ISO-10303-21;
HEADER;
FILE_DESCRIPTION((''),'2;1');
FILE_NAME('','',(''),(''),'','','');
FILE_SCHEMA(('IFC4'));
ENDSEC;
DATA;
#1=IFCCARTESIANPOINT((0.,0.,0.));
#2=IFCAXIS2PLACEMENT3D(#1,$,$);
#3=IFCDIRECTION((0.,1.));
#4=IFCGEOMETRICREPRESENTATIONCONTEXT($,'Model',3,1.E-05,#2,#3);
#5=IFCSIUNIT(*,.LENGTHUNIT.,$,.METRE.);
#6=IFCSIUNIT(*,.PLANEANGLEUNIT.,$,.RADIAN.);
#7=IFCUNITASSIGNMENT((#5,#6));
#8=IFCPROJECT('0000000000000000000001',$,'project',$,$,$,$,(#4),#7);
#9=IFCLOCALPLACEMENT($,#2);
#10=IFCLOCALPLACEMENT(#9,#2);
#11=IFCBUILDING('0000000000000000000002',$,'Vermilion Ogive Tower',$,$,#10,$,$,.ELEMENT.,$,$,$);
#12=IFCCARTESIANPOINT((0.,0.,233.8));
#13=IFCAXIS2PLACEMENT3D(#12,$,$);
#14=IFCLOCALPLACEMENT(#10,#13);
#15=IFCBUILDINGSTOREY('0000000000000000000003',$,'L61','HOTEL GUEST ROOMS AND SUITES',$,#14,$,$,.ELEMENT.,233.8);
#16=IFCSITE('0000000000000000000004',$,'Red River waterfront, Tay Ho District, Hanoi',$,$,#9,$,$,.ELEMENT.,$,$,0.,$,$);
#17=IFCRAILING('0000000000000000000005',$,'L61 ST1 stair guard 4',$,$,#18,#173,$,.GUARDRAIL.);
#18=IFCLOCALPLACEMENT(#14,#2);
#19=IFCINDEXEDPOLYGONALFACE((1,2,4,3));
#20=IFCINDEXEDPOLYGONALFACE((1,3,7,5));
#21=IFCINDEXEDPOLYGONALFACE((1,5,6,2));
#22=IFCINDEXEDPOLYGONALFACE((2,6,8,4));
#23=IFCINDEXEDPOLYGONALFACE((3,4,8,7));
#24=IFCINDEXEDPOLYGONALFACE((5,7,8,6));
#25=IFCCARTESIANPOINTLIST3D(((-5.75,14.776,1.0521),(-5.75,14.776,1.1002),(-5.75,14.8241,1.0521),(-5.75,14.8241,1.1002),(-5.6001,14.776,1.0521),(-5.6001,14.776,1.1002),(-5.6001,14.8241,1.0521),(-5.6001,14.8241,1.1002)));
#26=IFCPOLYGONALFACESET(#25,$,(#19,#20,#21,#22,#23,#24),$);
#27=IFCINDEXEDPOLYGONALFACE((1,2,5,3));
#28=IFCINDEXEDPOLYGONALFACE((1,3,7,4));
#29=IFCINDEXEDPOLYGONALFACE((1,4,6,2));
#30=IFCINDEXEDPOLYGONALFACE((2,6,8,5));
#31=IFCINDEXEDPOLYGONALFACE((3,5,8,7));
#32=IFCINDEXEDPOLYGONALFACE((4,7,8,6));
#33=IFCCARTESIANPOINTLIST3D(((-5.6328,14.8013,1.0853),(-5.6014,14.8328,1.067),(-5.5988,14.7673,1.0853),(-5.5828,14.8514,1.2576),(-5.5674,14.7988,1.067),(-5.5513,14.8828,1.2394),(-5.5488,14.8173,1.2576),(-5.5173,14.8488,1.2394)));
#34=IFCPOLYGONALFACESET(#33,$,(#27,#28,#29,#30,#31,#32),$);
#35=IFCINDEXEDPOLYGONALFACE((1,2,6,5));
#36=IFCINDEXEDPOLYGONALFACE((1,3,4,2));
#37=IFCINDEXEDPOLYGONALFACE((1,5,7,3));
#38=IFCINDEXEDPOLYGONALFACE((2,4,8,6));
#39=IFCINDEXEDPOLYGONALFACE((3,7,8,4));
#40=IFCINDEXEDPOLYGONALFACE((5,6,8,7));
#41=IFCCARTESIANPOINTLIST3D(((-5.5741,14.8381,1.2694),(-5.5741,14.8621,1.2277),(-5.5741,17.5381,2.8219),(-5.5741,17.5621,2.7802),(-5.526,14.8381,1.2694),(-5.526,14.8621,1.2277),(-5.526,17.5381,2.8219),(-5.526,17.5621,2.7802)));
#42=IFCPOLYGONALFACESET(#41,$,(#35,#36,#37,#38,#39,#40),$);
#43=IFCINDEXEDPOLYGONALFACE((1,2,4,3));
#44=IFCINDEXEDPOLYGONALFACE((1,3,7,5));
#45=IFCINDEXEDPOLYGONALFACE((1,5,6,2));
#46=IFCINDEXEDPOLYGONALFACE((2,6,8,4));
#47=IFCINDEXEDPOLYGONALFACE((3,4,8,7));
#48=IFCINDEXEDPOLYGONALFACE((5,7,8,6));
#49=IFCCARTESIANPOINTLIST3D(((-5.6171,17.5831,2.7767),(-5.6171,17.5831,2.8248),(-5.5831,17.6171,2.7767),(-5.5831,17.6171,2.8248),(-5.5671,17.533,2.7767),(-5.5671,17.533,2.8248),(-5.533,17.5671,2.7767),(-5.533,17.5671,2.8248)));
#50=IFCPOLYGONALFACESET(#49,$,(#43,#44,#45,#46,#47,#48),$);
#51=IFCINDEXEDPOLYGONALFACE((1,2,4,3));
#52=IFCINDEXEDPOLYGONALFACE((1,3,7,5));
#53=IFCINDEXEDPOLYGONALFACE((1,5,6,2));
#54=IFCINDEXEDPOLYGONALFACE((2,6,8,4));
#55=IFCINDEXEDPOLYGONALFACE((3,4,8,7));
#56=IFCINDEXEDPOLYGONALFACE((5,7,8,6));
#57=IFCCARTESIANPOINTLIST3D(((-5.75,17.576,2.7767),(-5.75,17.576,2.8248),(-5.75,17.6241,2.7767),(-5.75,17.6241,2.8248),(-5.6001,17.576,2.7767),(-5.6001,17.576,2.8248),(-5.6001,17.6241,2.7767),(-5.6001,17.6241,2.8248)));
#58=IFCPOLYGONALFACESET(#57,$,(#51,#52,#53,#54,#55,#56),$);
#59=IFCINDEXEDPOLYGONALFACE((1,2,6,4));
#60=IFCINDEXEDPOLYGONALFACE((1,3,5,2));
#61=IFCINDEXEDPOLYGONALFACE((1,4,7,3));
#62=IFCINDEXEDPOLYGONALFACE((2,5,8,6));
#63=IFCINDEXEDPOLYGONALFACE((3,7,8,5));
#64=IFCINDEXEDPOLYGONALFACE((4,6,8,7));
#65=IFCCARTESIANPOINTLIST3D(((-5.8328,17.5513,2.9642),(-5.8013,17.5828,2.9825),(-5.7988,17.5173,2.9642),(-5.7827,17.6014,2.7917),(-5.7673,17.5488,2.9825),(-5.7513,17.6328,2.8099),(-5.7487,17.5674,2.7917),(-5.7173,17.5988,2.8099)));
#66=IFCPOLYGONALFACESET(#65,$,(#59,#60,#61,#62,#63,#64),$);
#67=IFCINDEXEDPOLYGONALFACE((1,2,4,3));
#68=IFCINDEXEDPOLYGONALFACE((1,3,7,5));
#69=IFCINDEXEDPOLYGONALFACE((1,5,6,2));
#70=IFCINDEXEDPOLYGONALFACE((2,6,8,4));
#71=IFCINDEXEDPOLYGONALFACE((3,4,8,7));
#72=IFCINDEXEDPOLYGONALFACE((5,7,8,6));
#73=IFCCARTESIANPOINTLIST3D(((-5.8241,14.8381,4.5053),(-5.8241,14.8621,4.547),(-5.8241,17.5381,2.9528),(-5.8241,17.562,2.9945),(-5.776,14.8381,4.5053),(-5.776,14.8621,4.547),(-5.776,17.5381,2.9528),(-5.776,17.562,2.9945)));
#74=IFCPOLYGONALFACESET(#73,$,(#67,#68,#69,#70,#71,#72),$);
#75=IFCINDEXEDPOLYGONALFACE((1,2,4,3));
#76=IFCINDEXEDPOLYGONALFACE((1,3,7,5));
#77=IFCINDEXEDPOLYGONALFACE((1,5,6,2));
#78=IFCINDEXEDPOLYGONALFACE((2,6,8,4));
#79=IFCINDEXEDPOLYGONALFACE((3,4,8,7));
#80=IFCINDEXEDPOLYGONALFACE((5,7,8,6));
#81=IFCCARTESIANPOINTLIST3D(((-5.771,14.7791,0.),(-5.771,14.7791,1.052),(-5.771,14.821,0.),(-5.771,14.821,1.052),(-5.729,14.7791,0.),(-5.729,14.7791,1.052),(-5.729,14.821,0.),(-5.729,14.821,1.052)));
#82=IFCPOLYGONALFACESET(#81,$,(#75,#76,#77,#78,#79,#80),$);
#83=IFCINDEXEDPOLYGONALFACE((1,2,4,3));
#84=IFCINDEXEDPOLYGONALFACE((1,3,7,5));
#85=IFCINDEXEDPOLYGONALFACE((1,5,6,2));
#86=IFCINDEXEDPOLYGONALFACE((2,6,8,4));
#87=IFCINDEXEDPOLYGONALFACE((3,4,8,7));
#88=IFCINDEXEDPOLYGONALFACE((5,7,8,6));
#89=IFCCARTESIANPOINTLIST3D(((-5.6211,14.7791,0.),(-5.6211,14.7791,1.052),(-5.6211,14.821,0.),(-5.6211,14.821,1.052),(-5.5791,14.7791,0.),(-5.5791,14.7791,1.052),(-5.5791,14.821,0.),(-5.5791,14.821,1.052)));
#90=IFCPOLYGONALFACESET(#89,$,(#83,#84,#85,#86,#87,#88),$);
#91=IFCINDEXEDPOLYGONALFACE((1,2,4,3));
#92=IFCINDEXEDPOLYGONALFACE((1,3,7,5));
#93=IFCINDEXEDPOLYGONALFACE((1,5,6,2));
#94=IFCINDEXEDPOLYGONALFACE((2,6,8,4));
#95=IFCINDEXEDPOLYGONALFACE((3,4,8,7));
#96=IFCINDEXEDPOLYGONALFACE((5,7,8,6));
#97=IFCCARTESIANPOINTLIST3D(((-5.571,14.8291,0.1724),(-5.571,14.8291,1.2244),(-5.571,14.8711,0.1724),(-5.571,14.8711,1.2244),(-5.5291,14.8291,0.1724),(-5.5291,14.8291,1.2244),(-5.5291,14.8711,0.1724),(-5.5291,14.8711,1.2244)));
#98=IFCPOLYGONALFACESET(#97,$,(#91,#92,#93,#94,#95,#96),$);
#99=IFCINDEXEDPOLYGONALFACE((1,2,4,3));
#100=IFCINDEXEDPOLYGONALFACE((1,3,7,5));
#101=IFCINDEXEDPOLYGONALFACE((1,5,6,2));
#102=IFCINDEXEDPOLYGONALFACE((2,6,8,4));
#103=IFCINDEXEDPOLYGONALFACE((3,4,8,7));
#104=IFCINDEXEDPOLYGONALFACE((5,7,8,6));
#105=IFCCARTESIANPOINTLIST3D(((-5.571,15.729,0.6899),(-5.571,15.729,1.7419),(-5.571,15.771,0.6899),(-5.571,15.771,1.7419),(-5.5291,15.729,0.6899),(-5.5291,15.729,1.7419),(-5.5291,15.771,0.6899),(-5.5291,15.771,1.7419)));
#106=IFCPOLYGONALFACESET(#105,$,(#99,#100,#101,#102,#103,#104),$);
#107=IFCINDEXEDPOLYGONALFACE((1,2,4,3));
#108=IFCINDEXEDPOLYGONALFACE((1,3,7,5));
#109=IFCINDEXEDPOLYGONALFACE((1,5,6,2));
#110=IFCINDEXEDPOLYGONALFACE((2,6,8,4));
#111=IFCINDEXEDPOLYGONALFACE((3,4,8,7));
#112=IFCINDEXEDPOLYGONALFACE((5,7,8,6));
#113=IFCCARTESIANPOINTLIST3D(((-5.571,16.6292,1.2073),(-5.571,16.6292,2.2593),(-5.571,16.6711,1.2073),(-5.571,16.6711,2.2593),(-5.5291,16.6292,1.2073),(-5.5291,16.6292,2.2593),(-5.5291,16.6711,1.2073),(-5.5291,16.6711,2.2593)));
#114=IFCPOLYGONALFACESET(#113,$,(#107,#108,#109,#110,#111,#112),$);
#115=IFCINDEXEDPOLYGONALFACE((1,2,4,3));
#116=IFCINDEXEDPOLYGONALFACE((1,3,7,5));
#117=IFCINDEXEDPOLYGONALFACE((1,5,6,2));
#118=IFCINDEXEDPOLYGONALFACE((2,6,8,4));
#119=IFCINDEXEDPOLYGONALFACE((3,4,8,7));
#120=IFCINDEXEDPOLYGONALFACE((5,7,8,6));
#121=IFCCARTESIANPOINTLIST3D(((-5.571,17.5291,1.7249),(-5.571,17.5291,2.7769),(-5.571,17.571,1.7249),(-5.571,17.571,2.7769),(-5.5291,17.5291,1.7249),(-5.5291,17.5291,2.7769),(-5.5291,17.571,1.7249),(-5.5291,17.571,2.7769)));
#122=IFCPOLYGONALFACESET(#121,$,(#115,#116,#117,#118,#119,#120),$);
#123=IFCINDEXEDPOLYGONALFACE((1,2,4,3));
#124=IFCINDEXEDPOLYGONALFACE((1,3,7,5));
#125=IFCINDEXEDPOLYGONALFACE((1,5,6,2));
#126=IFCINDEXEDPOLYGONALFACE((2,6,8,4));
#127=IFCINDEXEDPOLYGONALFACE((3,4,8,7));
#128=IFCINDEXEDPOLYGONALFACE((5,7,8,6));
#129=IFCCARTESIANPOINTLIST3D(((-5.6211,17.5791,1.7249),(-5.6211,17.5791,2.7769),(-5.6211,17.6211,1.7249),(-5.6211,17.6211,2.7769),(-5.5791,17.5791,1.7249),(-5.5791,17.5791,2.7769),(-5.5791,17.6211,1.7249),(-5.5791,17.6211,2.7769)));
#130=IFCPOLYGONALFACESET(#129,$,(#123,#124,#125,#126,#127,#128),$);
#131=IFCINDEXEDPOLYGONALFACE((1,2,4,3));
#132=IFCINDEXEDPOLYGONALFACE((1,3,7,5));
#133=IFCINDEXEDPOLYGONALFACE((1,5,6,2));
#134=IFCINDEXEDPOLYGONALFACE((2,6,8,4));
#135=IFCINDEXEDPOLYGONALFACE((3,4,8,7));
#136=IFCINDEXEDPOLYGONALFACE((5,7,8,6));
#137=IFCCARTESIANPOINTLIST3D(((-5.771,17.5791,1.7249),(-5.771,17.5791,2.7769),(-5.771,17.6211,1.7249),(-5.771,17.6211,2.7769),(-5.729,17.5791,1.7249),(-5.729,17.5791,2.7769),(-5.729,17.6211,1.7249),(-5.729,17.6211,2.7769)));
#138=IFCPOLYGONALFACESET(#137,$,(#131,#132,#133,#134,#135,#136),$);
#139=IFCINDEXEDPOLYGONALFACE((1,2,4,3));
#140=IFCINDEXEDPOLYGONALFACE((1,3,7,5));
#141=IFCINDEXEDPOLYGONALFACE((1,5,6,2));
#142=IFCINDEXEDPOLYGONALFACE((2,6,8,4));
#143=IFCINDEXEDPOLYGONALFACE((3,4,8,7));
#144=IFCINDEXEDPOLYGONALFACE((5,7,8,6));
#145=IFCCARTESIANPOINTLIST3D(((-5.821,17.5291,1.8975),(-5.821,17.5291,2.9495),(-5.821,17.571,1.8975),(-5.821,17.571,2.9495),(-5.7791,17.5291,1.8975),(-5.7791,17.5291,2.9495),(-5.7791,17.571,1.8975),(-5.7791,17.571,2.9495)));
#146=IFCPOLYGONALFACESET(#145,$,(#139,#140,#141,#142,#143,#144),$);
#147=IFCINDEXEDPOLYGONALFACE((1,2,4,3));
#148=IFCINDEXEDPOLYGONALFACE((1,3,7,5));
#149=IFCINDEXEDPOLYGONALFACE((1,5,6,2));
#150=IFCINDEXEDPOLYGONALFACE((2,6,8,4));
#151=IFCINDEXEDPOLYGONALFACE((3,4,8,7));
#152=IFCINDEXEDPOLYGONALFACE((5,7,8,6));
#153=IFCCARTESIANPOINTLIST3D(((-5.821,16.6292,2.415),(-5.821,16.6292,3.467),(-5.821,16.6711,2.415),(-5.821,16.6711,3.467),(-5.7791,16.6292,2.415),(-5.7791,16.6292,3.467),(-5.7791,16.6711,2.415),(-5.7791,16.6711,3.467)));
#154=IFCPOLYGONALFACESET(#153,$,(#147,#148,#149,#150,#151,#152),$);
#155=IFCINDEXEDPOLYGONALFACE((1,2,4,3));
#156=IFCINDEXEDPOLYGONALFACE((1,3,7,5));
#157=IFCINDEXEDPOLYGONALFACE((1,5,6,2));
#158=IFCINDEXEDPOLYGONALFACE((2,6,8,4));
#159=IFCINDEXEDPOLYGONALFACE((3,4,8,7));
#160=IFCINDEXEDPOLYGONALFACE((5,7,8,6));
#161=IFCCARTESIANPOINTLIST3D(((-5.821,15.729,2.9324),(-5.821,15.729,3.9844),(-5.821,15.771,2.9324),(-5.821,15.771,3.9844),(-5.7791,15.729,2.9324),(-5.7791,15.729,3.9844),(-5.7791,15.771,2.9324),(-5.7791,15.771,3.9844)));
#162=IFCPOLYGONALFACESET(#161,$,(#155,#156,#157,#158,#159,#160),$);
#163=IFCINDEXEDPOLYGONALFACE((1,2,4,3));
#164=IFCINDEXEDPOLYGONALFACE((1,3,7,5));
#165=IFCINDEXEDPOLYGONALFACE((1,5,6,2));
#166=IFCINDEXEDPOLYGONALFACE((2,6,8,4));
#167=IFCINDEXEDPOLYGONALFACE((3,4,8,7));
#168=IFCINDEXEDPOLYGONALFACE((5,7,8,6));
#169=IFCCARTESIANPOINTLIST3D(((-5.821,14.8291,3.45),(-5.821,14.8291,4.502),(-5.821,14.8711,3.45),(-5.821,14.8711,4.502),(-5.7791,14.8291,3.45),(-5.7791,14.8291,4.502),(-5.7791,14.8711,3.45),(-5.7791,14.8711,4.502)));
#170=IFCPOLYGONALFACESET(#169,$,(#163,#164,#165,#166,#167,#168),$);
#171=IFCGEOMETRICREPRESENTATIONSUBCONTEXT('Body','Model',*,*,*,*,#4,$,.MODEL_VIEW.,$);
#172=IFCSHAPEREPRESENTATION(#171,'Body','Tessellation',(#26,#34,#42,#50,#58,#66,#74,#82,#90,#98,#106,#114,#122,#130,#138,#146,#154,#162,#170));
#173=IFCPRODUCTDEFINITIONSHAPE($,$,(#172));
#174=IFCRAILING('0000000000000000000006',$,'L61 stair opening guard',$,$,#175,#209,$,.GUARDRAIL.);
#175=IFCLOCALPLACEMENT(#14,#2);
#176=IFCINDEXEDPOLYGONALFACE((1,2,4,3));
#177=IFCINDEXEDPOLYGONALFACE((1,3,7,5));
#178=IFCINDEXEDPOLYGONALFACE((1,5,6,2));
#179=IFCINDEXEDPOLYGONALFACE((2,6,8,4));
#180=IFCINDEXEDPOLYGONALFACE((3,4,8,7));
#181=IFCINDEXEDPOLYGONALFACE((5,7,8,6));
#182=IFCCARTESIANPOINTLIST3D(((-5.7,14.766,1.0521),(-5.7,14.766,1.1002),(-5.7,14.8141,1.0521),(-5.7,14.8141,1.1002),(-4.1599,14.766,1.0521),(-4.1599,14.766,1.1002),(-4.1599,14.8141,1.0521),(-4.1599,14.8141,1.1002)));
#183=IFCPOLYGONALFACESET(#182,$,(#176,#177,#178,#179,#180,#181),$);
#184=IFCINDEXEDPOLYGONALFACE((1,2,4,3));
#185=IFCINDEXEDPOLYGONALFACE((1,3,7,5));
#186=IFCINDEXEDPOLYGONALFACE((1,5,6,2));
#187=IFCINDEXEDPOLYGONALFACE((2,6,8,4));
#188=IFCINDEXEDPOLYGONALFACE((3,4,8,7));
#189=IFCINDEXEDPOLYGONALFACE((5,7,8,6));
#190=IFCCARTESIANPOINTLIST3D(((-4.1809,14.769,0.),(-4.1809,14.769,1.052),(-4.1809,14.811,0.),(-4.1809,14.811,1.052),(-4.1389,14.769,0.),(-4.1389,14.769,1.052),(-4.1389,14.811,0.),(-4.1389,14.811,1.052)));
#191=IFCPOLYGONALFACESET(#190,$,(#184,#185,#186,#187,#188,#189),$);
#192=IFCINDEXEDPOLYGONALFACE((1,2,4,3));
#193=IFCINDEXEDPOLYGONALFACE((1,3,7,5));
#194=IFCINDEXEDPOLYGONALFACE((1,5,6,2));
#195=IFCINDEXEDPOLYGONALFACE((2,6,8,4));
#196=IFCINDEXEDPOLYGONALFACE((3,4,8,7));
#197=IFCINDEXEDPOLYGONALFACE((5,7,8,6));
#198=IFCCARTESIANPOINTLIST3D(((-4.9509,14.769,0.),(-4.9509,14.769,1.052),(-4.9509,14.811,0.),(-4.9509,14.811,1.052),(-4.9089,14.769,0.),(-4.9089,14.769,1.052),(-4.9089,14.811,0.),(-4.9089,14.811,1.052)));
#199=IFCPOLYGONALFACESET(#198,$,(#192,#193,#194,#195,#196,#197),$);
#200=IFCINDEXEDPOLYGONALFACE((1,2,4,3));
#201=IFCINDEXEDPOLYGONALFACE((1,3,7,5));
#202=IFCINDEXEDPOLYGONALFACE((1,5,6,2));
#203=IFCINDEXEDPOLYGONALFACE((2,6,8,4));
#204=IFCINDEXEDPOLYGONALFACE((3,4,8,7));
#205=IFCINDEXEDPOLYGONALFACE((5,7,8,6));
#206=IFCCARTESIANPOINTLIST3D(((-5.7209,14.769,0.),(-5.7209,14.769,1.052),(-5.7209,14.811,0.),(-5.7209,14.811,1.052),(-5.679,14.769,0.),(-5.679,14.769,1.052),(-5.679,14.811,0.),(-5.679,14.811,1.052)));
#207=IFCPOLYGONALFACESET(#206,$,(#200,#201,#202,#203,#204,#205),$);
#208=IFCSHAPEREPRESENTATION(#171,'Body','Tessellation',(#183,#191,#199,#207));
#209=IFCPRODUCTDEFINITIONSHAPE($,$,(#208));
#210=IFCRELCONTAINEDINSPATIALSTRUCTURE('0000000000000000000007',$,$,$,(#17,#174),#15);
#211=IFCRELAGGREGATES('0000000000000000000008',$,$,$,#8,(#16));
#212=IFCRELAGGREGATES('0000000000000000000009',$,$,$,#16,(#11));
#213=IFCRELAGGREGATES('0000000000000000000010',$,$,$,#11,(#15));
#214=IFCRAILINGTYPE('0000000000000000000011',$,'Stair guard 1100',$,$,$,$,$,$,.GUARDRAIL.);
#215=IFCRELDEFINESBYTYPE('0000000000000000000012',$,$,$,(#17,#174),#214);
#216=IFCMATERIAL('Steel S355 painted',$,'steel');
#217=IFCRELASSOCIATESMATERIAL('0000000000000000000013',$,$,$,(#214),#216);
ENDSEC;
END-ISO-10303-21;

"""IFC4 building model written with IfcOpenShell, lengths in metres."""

from ifc_helpers import new_model, si_unit, direction, frame, origin, origin_2d, place, context, subcontext, project, spatial, rectangle, extrude, material, type_object, element, save


model = new_model("IFC4")

# Units and contexts
model_context = context("Model", 3, precision=1e-05, world=origin(), true_north=direction((0.0, 1.0)))
body_context = subcontext(model_context, "Body", "Model", "MODEL_VIEW")
ifc_project = project(units=[si_unit("LENGTHUNIT", "METRE"), si_unit("PLANEANGLEUNIT", "RADIAN")], contexts=[model_context])

# Site, building, storey
site_placement = place(None, origin())
site = spatial("IfcSite", under=ifc_project, at=site_placement, Name="Red River waterfront, Tay Ho District, Hanoi", CompositionType="ELEMENT", RefElevation=0.0)
building_placement = place(site_placement, origin())
building = spatial("IfcBuilding", under=site, at=building_placement, Name="Vermilion Ogive Tower", CompositionType="ELEMENT")
storey_placement = place(building_placement, frame((0.0, 0.0, 233.8)))
storey = spatial("IfcBuildingStorey", under=building, at=storey_placement, Name="L61", Description="HOTEL GUEST ROOMS AND SUITES", CompositionType="ELEMENT", Elevation=233.8)

# Railings
ifc_material_1 = material(Name="Steel S355 painted", Category="steel")
railing_type_1 = type_object("IfcRailingType", Name="Stair guard 1100", PredefinedType="GUARDRAIL", material=ifc_material_1)
railing_1_placement = place(storey_placement, frame((-5.75, 14.8, 0.0)))
element("IfcRailing", 1, at=railing_1_placement, inside=storey, type_object=railing_type_1, Name="L61 ST1 stair guard 4", PredefinedType="GUARDRAIL", context=body_context, shape_type="SweptSolid", body=[
    extrude(rectangle(XDim=0.0481, YDim=0.0481, at=origin_2d()), frame((0.0, 0.0, 1.0762), z_axis=(1.0, 0.0, 0.0), x_axis=(0.0, 1.0, 0.0)), (0.0, 0.0, 1.0), 0.1499),
    extrude(rectangle(XDim=0.0481, YDim=0.0481, at=origin_2d()), frame((0.1499, 0.0, 1.0762), z_axis=(0.268603, 0.268603, 0.925043), x_axis=(-0.707107, 0.707107, 0.0)), (0.0, 0.0, 1.0), 0.1863),
    extrude(rectangle(XDim=0.0481, YDim=0.0481, at=origin_2d()), frame((0.2, 0.05, 1.2485), z_axis=(0.0, 0.866904, 0.498476), x_axis=(-1.0, 0.0, 0.0)), (0.0, 0.0, 1.0), 3.1145),
    extrude(rectangle(XDim=0.0481, YDim=0.0481, at=origin_2d()), frame((0.2, 2.75, 2.8008), z_axis=(-0.707107, 0.707107, 0.0), x_axis=(-0.707107, -0.707107, 0.0)), (0.0, 0.0, 1.0), 0.0708),
    extrude(rectangle(XDim=0.0481, YDim=0.0481, at=origin_2d()), frame((0.1499, 2.8, 2.8008), z_axis=(-1.0, 0.0, 0.0), x_axis=(0.0, -1.0, 0.0)), (0.0, 0.0, 1.0), 0.1499),
    extrude(rectangle(XDim=0.0481, YDim=0.0481, at=origin_2d()), frame((0.0, 2.8, 2.8008), z_axis=(-0.268278, -0.268278, 0.925232), x_axis=(0.707107, -0.707107, 0.0)), (0.0, 0.0, 1.0), 0.1865),
    extrude(rectangle(XDim=0.0481, YDim=0.0481, at=origin_2d()), frame((-0.05, 2.75, 2.9736), z_axis=(0.0, -0.866904, 0.498476), x_axis=(1.0, 0.0, 0.0)), (0.0, 0.0, 1.0), 3.1145),
    extrude(rectangle(XDim=0.042, YDim=0.042, at=origin_2d()), origin(), (0.0, 0.0, 1.0), 1.052),
    extrude(rectangle(XDim=0.042, YDim=0.042, at=origin_2d()), frame((0.1499, 0.0, 0.0)), (0.0, 0.0, 1.0), 1.052),
    extrude(rectangle(XDim=0.042, YDim=0.042, at=origin_2d()), frame((0.2, 0.05, 0.1724)), (0.0, 0.0, 1.0), 1.052),
    extrude(rectangle(XDim=0.042, YDim=0.042, at=origin_2d()), frame((0.2, 0.95, 0.6899)), (0.0, 0.0, 1.0), 1.052),
    extrude(rectangle(XDim=0.042, YDim=0.042, at=origin_2d()), frame((0.2, 1.8501, 1.2073)), (0.0, 0.0, 1.0), 1.052),
    extrude(rectangle(XDim=0.042, YDim=0.042, at=origin_2d()), frame((0.2, 2.75, 1.7249)), (0.0, 0.0, 1.0), 1.052),
    extrude(rectangle(XDim=0.042, YDim=0.042, at=origin_2d()), frame((0.1499, 2.8, 1.7249)), (0.0, 0.0, 1.0), 1.052),
    extrude(rectangle(XDim=0.042, YDim=0.042, at=origin_2d()), frame((0.0, 2.8, 1.7249)), (0.0, 0.0, 1.0), 1.052),
    extrude(rectangle(XDim=0.042, YDim=0.042, at=origin_2d()), frame((-0.05, 2.75, 1.8975)), (0.0, 0.0, 1.0), 1.052),
    extrude(rectangle(XDim=0.042, YDim=0.042, at=origin_2d()), frame((-0.05, 1.8501, 2.415)), (0.0, 0.0, 1.0), 1.052),
    extrude(rectangle(XDim=0.042, YDim=0.042, at=origin_2d()), frame((-0.05, 0.95, 2.9324)), (0.0, 0.0, 1.0), 1.052),
    extrude(rectangle(XDim=0.042, YDim=0.042, at=origin_2d()), frame((-0.05, 0.05, 3.45)), (0.0, 0.0, 1.0), 1.052),
])
railing_2_placement = place(storey_placement, frame((-4.1599, 14.79, 0.0)))
element("IfcRailing", 2, at=railing_2_placement, inside=storey, type_object=railing_type_1, Name="L61 stair opening guard", PredefinedType="GUARDRAIL", context=body_context, shape_type="SweptSolid", body=[
    extrude(rectangle(XDim=0.0481, YDim=0.0481, at=origin_2d()), frame((0.0, 0.0, 1.0762), z_axis=(-1.0, 0.0, 0.0), x_axis=(0.0, -1.0, 0.0)), (0.0, 0.0, 1.0), 1.54),
    extrude(rectangle(XDim=0.042, YDim=0.042, at=origin_2d()), origin(), (0.0, 0.0, 1.0), 1.052),
    extrude(rectangle(XDim=0.042, YDim=0.042, at=origin_2d()), frame((-0.77, 0.0, 0.0)), (0.0, 0.0, 1.0), 1.052),
    extrude(rectangle(XDim=0.042, YDim=0.042, at=origin_2d()), frame((-1.54, 0.0, 0.0)), (0.0, 0.0, 1.0), 1.052),
])

save(model, "model.ifc")
